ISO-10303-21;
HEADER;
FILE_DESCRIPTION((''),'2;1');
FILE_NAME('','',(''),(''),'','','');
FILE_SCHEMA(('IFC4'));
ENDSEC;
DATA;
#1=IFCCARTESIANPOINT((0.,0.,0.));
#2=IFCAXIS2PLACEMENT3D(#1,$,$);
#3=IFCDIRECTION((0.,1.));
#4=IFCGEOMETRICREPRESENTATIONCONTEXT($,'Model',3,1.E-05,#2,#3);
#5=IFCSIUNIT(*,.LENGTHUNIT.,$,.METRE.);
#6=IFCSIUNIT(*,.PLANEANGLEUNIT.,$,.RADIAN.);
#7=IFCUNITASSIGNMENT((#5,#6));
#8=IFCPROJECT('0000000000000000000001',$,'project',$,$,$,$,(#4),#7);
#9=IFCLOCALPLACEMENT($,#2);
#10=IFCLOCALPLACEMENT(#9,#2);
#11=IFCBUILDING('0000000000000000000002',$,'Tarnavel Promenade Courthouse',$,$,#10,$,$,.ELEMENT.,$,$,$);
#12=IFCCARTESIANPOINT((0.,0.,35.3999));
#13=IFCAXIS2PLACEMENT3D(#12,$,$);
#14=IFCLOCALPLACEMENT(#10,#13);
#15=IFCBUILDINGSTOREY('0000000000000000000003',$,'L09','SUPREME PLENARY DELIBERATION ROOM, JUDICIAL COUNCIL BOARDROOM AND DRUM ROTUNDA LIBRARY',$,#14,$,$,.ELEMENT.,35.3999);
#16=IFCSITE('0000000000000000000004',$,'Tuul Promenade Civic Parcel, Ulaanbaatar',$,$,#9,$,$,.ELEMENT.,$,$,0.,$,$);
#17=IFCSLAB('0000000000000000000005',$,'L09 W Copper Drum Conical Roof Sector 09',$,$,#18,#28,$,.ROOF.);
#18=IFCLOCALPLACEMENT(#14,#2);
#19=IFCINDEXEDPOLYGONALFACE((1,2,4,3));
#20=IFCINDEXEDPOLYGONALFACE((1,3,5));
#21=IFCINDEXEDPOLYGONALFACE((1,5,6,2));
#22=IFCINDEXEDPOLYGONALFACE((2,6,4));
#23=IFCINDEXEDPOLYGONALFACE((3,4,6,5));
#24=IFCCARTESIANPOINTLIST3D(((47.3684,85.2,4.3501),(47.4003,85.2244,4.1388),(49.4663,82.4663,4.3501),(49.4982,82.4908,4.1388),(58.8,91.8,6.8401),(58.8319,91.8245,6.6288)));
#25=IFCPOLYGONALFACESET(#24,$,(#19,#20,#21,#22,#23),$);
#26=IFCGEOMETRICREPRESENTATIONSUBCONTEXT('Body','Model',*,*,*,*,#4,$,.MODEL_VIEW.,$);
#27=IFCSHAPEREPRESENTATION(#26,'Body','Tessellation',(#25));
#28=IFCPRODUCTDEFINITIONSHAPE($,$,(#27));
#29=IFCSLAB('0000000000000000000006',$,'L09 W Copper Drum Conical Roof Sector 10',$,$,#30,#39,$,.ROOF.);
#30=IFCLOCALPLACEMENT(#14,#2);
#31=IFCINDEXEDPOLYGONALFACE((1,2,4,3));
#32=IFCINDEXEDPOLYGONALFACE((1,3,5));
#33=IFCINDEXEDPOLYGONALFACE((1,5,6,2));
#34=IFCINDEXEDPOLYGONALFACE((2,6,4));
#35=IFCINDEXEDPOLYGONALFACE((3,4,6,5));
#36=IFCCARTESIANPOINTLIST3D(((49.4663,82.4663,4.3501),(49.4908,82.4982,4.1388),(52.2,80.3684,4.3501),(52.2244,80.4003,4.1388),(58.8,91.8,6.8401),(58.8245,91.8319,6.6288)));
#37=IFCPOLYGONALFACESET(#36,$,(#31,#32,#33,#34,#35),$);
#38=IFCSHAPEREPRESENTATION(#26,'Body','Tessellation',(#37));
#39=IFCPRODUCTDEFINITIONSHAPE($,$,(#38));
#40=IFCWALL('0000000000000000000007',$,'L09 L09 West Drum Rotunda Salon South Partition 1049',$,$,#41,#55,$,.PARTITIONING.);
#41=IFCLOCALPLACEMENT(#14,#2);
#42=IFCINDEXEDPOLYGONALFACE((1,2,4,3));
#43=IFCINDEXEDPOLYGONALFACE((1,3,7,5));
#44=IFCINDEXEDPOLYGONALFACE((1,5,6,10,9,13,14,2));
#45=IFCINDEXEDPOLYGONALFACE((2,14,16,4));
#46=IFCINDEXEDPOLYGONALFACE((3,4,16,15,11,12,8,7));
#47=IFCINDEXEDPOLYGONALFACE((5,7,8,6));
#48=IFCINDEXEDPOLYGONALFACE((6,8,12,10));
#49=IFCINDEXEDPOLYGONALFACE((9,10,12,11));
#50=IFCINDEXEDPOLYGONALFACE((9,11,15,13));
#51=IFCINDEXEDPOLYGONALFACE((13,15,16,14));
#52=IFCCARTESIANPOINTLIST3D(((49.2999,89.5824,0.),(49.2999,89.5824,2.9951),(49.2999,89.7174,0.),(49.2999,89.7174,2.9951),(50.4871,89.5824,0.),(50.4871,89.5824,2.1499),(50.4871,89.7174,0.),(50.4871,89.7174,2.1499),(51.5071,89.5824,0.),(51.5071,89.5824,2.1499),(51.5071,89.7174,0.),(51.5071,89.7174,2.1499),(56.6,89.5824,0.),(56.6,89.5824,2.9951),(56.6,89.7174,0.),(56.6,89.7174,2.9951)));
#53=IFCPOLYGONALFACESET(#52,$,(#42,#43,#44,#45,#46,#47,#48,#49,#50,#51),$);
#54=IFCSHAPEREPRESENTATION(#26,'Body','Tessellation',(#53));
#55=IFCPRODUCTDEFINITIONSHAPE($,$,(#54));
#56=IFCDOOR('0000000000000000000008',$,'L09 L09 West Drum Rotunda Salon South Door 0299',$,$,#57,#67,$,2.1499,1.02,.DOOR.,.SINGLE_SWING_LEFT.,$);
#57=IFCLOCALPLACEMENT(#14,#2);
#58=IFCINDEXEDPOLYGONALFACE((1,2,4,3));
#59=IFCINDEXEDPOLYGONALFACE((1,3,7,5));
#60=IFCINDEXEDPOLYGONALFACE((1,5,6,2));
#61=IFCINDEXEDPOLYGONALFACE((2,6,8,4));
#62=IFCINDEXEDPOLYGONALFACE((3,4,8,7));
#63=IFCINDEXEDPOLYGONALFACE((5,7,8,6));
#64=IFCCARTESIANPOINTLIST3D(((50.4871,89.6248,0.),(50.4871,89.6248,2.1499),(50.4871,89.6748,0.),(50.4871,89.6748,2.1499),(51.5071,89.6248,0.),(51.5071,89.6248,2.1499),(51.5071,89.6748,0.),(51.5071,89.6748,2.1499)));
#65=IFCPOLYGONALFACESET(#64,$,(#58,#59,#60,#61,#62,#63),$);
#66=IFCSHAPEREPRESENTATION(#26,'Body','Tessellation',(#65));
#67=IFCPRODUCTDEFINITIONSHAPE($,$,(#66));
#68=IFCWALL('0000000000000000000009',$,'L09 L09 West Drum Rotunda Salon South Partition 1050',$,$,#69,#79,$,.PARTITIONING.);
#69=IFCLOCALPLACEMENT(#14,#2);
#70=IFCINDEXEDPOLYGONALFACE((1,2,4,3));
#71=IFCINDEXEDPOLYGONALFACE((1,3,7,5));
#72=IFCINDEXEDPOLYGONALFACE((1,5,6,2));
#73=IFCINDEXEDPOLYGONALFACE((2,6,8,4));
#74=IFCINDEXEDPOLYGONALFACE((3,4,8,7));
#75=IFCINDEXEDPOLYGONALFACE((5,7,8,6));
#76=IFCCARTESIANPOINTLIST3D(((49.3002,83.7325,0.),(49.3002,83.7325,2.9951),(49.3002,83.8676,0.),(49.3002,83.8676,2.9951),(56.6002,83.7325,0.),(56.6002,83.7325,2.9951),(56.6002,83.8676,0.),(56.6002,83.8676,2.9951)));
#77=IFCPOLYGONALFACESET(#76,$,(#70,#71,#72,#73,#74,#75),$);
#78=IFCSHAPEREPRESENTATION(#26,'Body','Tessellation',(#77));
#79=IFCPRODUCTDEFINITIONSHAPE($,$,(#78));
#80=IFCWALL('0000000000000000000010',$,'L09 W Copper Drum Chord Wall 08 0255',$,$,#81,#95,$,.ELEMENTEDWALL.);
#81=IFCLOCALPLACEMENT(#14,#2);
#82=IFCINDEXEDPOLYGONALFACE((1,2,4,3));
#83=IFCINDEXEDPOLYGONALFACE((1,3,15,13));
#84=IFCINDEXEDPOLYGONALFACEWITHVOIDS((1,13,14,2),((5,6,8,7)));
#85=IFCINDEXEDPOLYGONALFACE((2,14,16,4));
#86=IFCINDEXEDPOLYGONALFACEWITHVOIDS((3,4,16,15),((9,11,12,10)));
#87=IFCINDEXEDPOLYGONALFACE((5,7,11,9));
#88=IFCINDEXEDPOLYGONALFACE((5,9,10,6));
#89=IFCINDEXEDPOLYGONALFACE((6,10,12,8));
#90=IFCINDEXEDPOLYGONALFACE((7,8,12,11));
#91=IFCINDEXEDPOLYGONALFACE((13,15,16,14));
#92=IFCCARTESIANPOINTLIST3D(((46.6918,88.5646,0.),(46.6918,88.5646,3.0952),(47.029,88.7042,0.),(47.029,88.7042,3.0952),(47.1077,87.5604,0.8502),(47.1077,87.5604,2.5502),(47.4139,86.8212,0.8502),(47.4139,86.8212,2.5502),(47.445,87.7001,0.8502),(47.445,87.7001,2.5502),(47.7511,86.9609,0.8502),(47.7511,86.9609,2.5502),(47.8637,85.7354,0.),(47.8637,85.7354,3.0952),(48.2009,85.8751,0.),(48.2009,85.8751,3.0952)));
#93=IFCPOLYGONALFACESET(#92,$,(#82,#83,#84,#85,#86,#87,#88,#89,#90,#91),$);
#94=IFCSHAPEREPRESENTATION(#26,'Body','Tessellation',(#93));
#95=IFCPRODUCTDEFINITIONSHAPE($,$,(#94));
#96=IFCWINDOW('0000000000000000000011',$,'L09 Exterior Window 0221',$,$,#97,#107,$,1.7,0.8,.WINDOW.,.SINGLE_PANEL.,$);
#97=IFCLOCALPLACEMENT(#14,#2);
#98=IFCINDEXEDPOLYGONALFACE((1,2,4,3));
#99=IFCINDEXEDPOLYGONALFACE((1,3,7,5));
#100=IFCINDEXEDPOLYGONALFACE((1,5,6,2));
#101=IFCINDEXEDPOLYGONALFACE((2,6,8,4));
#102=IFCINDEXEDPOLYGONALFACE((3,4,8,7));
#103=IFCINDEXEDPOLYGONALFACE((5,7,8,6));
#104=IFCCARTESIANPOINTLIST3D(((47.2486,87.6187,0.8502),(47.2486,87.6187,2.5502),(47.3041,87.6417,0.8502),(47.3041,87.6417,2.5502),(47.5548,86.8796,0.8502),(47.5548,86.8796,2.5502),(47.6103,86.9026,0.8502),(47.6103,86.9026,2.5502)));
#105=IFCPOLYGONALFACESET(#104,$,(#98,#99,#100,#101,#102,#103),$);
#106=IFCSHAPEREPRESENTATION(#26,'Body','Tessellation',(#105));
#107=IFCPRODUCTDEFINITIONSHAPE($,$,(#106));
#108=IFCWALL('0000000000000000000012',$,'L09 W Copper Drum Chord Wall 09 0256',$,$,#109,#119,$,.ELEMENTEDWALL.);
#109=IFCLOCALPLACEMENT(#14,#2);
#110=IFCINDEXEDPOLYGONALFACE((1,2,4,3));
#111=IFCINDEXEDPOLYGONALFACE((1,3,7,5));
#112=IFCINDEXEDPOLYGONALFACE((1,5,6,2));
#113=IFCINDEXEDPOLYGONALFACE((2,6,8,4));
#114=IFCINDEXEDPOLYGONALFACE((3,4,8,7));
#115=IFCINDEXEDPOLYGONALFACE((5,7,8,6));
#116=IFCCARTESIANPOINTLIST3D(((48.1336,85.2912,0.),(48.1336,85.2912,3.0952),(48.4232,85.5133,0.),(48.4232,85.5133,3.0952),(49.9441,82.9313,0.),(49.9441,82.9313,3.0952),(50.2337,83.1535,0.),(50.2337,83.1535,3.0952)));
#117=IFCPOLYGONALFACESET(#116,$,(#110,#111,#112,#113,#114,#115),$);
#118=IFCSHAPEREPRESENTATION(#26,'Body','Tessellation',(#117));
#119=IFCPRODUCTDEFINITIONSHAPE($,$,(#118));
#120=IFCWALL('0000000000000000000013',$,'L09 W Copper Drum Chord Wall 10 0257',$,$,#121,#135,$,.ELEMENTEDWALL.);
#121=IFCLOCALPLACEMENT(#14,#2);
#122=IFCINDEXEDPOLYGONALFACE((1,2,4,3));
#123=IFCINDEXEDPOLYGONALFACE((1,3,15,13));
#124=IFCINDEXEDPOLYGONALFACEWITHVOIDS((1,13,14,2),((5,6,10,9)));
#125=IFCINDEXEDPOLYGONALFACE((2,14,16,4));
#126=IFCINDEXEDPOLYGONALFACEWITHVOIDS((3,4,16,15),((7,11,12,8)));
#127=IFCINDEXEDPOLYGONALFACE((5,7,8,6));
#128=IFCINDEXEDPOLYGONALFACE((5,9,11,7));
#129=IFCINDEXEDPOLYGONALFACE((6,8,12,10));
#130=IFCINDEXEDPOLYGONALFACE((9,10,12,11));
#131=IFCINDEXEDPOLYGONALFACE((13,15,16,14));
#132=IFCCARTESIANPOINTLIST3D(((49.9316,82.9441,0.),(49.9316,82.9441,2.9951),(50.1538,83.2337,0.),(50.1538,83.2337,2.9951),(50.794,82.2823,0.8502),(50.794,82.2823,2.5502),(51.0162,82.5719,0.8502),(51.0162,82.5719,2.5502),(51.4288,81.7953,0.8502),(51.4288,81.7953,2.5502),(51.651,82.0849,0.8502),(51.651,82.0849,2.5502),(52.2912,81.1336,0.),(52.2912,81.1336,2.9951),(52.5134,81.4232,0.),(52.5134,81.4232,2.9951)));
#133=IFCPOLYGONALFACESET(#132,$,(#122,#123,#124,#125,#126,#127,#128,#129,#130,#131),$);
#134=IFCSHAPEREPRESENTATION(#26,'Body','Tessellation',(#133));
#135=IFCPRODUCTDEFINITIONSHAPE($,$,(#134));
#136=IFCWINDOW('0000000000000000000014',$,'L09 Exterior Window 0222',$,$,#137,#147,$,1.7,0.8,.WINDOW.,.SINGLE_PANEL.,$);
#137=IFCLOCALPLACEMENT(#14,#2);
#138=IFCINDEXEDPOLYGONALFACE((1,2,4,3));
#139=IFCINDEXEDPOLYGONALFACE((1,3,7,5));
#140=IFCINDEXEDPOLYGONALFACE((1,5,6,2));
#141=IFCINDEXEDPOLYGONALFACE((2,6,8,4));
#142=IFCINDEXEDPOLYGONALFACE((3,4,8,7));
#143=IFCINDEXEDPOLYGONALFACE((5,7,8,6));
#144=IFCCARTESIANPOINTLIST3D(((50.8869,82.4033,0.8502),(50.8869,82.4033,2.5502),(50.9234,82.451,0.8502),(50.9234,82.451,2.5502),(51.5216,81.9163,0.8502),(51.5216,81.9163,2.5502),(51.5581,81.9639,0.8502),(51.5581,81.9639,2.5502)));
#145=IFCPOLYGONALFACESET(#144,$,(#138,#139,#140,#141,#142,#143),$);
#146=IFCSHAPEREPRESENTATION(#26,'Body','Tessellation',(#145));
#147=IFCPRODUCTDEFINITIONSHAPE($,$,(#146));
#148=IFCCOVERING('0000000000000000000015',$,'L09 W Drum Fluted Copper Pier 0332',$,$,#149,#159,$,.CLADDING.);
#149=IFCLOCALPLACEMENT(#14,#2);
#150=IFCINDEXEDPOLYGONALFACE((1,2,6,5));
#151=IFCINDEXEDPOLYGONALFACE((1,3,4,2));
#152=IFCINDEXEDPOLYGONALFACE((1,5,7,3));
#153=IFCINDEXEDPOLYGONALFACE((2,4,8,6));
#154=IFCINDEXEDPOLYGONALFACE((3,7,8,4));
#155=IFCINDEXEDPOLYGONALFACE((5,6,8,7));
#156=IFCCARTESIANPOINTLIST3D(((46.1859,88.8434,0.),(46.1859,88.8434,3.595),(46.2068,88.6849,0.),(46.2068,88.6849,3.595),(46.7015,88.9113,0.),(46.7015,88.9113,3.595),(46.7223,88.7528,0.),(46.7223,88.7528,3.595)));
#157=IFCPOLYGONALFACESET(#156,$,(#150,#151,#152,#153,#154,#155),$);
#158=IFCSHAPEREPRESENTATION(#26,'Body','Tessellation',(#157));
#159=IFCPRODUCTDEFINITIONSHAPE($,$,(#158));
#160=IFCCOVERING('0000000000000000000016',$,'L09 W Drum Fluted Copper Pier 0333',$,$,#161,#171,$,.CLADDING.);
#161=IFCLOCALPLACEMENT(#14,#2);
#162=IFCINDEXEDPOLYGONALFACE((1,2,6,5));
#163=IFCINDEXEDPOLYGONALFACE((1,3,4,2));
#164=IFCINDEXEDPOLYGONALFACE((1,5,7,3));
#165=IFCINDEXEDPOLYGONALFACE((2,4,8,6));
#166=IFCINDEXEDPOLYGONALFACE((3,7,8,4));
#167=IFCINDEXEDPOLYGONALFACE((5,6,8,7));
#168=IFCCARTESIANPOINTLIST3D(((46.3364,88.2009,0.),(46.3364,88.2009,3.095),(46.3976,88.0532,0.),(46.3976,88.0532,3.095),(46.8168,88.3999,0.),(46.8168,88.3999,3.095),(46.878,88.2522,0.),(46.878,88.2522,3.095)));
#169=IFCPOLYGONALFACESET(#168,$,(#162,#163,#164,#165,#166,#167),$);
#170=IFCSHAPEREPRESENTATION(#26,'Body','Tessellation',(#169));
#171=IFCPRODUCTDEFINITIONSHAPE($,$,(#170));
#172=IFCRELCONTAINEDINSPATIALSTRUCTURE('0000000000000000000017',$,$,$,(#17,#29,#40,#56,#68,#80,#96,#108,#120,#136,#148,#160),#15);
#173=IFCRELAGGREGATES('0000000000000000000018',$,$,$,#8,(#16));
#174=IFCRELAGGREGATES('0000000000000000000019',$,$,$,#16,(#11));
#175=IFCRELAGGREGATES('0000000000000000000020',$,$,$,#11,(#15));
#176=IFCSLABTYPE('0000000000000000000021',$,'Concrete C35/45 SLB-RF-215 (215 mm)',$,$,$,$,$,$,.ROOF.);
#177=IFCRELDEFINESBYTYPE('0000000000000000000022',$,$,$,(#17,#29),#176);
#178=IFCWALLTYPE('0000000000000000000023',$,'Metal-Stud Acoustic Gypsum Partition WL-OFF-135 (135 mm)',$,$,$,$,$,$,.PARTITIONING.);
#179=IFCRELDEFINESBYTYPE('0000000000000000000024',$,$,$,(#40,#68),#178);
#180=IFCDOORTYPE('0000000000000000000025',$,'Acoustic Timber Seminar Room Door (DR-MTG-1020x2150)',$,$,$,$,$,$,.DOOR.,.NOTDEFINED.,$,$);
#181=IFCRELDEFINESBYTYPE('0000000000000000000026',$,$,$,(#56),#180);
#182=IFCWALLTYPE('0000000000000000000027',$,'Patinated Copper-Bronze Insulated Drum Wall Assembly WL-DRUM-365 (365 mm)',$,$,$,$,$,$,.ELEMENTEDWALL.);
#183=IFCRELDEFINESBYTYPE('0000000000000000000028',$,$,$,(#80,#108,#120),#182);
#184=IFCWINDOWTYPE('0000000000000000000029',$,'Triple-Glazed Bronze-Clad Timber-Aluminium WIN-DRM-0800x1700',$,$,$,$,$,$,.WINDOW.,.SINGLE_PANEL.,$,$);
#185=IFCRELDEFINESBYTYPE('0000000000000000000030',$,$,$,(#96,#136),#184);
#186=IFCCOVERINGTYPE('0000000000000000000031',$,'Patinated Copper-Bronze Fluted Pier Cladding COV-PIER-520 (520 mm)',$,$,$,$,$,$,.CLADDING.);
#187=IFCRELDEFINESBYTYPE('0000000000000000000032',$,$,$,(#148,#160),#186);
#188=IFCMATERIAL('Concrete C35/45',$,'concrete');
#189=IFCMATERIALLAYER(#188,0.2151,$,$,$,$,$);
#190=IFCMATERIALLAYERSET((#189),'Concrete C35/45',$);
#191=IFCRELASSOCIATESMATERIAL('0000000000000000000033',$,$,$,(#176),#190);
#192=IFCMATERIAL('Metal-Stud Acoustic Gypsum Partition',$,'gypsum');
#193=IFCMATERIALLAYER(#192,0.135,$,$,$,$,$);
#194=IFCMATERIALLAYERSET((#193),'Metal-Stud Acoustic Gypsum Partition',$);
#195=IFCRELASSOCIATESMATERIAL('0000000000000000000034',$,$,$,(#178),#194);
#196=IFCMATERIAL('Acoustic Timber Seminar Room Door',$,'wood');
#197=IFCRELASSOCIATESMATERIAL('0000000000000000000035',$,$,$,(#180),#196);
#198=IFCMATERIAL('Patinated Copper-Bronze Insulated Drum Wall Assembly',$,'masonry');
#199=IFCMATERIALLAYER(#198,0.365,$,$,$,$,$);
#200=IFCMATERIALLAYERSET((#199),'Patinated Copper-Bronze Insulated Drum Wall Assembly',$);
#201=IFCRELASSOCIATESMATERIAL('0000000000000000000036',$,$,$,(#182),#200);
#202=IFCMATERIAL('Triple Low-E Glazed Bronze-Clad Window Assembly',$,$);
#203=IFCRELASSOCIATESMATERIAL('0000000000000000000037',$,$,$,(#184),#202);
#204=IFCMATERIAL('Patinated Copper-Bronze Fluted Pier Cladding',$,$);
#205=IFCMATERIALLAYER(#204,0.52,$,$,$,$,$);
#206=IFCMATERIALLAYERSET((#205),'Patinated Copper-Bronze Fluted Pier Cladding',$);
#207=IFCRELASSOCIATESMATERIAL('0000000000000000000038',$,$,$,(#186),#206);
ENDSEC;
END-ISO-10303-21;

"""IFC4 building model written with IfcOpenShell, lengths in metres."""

from ifc_helpers import new_model, si_unit, direction, frame, frame_2d, origin, origin_2d, place, context, subcontext, project, spatial, polyline, rectangle, outline, extrude, material, layer, layer_set, type_object, element, fill, save


model = new_model("IFC4")

# Units and contexts
model_context = context("Model", 3, precision=1e-05, world=origin(), true_north=direction((0.0, 1.0)))
body_context = subcontext(model_context, "Body", "Model", "MODEL_VIEW")
ifc_project = project(units=[si_unit("LENGTHUNIT", "METRE"), si_unit("PLANEANGLEUNIT", "RADIAN")], contexts=[model_context])

# Site, building, storey
site_placement = place(None, origin())
site = spatial("IfcSite", under=ifc_project, at=site_placement, Name="Tuul Promenade Civic Parcel, Ulaanbaatar", CompositionType="ELEMENT", RefElevation=0.0)
building_placement = place(site_placement, origin())
building = spatial("IfcBuilding", under=site, at=building_placement, Name="Tarnavel Promenade Courthouse", CompositionType="ELEMENT")
storey_placement = place(building_placement, frame((0.0, 0.0, 35.3999)))
storey = spatial("IfcBuildingStorey", under=building, at=storey_placement, Name="L09", Description="SUPREME PLENARY DELIBERATION ROOM, JUDICIAL COUNCIL BOARDROOM AND DRUM ROTUNDA LIBRARY", CompositionType="ELEMENT", Elevation=35.3999)

# Slabs
ifc_material_1 = material(Name="Concrete C35/45", Category="concrete")
ifc_layer_1 = layer(ifc_material_1, 0.2151)
ifc_layer_set_1 = layer_set([ifc_layer_1], Name="Concrete C35/45")
slab_type = type_object("IfcSlabType", Name="Concrete C35/45 SLB-RF-215 (215 mm)", PredefinedType="ROOF", material=ifc_layer_set_1)
slab_1_placement = place(storey_placement, frame((47.3684, 85.2, 4.3501), z_axis=(-0.148278, -0.113794, 0.982377), x_axis=(0.608817, -0.793311, 0.0)))
element("IfcSlab", 1, at=slab_1_placement, inside=storey, type_object=slab_type, Name="L09 W Copper Drum Conical Roof Sector 09", PredefinedType="ROOF", context=body_context, shape_type="SweptSolid", body=[
    extrude(outline(polyline([(0.0, 0.0), (3.4459, 0.0), (1.7238, 13.3219), (0.0, 0.0)])), origin(), (0.0, 0.0, -1.0), 0.2151),
])
slab_2_placement = place(storey_placement, frame((49.4663, 82.4663, 4.3501), z_axis=(-0.113794, -0.148278, 0.982377), x_axis=(0.793311, -0.608817, 0.0)))
element("IfcSlab", 2, at=slab_2_placement, inside=storey, type_object=slab_type, Name="L09 W Copper Drum Conical Roof Sector 10", PredefinedType="ROOF", context=body_context, shape_type="SweptSolid", body=[
    extrude(outline(polyline([(0.0, 0.0), (3.4459, 0.0), (1.722, 13.3219), (0.0, 0.0)])), origin(), (0.0, 0.0, -1.0), 0.2151),
])

# Wall, opening, door
ifc_material_2 = material(Name="Metal-Stud Acoustic Gypsum Partition", Category="gypsum")
ifc_layer_2 = layer(ifc_material_2, 0.135)
ifc_layer_set_2 = layer_set([ifc_layer_2], Name="Metal-Stud Acoustic Gypsum Partition")
wall_type_1 = type_object("IfcWallType", Name="Metal-Stud Acoustic Gypsum Partition WL-OFF-135 (135 mm)", PredefinedType="PARTITIONING", material=ifc_layer_set_2)
wall_1_placement = place(storey_placement, frame((49.3, 89.6499, 0.0), z_axis=(0.0, 0.0, 1.0), x_axis=(1.0, 0.0, 0.0)))
wall_1 = element("IfcWall", 3, at=wall_1_placement, inside=storey, type_object=wall_type_1, Name="L09 L09 West Drum Rotunda Salon South Partition 1049", PredefinedType="PARTITIONING", context=body_context, shape_type="SweptSolid", body=[
    extrude(rectangle(XDim=7.3, YDim=0.135, at=frame_2d((3.6499, 0.0))), origin(), (0.0, 0.0, 1.0), 2.9951),
])
opening_1_placement = place(wall_1_placement, frame((1.187, 0.0, 0.0)))
opening_1 = element("IfcOpeningElement", 4, at=opening_1_placement, cuts=wall_1, PredefinedType="OPENING", context=body_context, shape_type="SweptSolid", body=[
    extrude(rectangle(XDim=1.02, YDim=2.1499, at=frame_2d((0.51, 1.075))), frame((0.0, 0.0774, 0.0), z_axis=(0.0, -1.0, 0.0), x_axis=(1.0, 0.0, 0.0)), (0.0, 0.0, 1.0), 0.155),
])
ifc_material_3 = material(Name="Acoustic Timber Seminar Room Door", Category="wood")
door_type = type_object("IfcDoorType", Name="Acoustic Timber Seminar Room Door (DR-MTG-1020x2150)", OperationType="NOTDEFINED", PredefinedType="DOOR", material=ifc_material_3)
door_placement = place(opening_1_placement, origin())
door = element("IfcDoor", 5, at=door_placement, inside=storey, type_object=door_type, Name="L09 L09 West Drum Rotunda Salon South Door 0299", OperationType="SINGLE_SWING_LEFT", OverallHeight=2.1499, OverallWidth=1.02, PredefinedType="DOOR", context=body_context, shape_type="SweptSolid", body=[
    extrude(rectangle(XDim=1.02, YDim=2.1499, at=frame_2d((0.51, 1.075))), frame((0.0, 0.0249, 0.0), z_axis=(0.0, -1.0, 0.0), x_axis=(1.0, 0.0, 0.0)), (0.0, 0.0, 1.0), 0.05),
])
fill(opening_1, door)

# Wall
wall_2_placement = place(storey_placement, frame((56.6001, 83.8, 0.0), z_axis=(0.0, 0.0, 1.0), x_axis=(-1.0, 0.0, 0.0)))
element("IfcWall", 6, at=wall_2_placement, inside=storey, type_object=wall_type_1, Name="L09 L09 West Drum Rotunda Salon South Partition 1050", PredefinedType="PARTITIONING", context=body_context, shape_type="SweptSolid", body=[
    extrude(rectangle(XDim=7.3, YDim=0.135, at=frame_2d((3.6499, 0.0))), origin(), (0.0, 0.0, 1.0), 2.9951),
])

# Wall, opening, window
ifc_material_4 = material(Name="Patinated Copper-Bronze Insulated Drum Wall Assembly", Category="masonry")
ifc_layer_3 = layer(ifc_material_4, 0.365)
ifc_layer_set_3 = layer_set([ifc_layer_3], Name="Patinated Copper-Bronze Insulated Drum Wall Assembly")
wall_type_2 = type_object("IfcWallType", Name="Patinated Copper-Bronze Insulated Drum Wall Assembly WL-DRUM-365 (365 mm)", PredefinedType="ELEMENTEDWALL", material=ifc_layer_set_3)
wall_3_placement = place(storey_placement, frame((46.8604, 88.6345, 0.0), z_axis=(0.0, 0.0, 1.0), x_axis=(0.38269, -0.923877, 0.0)))
wall_3 = element("IfcWall", 7, at=wall_3_placement, inside=storey, type_object=wall_type_2, Name="L09 W Copper Drum Chord Wall 08 0255", PredefinedType="ELEMENTEDWALL", context=body_context, shape_type="SweptSolid", body=[
    extrude(rectangle(XDim=3.0623, YDim=0.365, at=frame_2d((1.5312, 0.0))), origin(), (0.0, 0.0, 1.0), 3.0952),
])
opening_2_placement = place(wall_3_placement, frame((1.0872, 0.0, 0.8501)))
opening_2 = element("IfcOpeningElement", 8, at=opening_2_placement, cuts=wall_3, PredefinedType="OPENING", context=body_context, shape_type="SweptSolid", body=[
    extrude(rectangle(XDim=0.8, YDim=1.7, at=frame_2d((0.3999, 0.8501))), frame((0.0, 0.1924, 0.0), z_axis=(0.0, -1.0, 0.0), x_axis=(1.0, 0.0, 0.0)), (0.0, 0.0, 1.0), 0.385),
])
ifc_material_5 = material(Name="Triple Low-E Glazed Bronze-Clad Window Assembly")
window_type = type_object("IfcWindowType", Name="Triple-Glazed Bronze-Clad Timber-Aluminium WIN-DRM-0800x1700", PartitioningType="SINGLE_PANEL", PredefinedType="WINDOW", material=ifc_material_5)
window_1_placement = place(opening_2_placement, origin())
window_1 = element("IfcWindow", 9, at=window_1_placement, inside=storey, type_object=window_type, Name="L09 Exterior Window 0221", OverallHeight=1.7, OverallWidth=0.8, PartitioningType="SINGLE_PANEL", PredefinedType="WINDOW", context=body_context, shape_type="SweptSolid", body=[
    extrude(rectangle(XDim=0.8, YDim=1.7, at=frame_2d((0.3999, 0.8501))), frame((0.0, 0.03, 0.0), z_axis=(0.0, -1.0, 0.0), x_axis=(1.0, 0.0, 0.0)), (0.0, 0.0, 1.0), 0.0601),
])
fill(opening_2, window_1)

# Wall
wall_4_placement = place(storey_placement, frame((48.2783, 85.4023, 0.0), z_axis=(0.0, 0.0, 1.0), x_axis=(0.608711, -0.793392, 0.0)))
element("IfcWall", 10, at=wall_4_placement, inside=storey, type_object=wall_type_2, Name="L09 W Copper Drum Chord Wall 09 0256", PredefinedType="ELEMENTEDWALL", context=body_context, shape_type="SweptSolid", body=[
    extrude(rectangle(XDim=2.9744, YDim=0.365, at=frame_2d((1.4873, 0.0))), origin(), (0.0, 0.0, 1.0), 3.0952),
])

# Wall, opening, window
wall_5_placement = place(storey_placement, frame((50.0427, 83.0889, 0.0), z_axis=(0.0, 0.0, 1.0), x_axis=(0.793362, -0.60875, 0.0)))
wall_5 = element("IfcWall", 11, at=wall_5_placement, inside=storey, type_object=wall_type_2, Name="L09 W Copper Drum Chord Wall 10 0257", PredefinedType="ELEMENTEDWALL", context=body_context, shape_type="SweptSolid", body=[
    extrude(rectangle(XDim=2.9741, YDim=0.365, at=frame_2d((1.4871, 0.0))), origin(), (0.0, 0.0, 1.0), 2.9951),
])
opening_3_placement = place(wall_5_placement, frame((1.0872, 0.0, 0.8501)))
opening_3 = element("IfcOpeningElement", 12, at=opening_3_placement, cuts=wall_5, PredefinedType="OPENING", context=body_context, shape_type="SweptSolid", body=[
    extrude(rectangle(XDim=0.8, YDim=1.7, at=frame_2d((0.3999, 0.8501))), frame((0.0, 0.1924, 0.0), z_axis=(0.0, -1.0, 0.0), x_axis=(1.0, 0.0, 0.0)), (0.0, 0.0, 1.0), 0.385),
])
window_2_placement = place(opening_3_placement, origin())
window_2 = element("IfcWindow", 13, at=window_2_placement, inside=storey, type_object=window_type, Name="L09 Exterior Window 0222", OverallHeight=1.7, OverallWidth=0.8, PartitioningType="SINGLE_PANEL", PredefinedType="WINDOW", context=body_context, shape_type="SweptSolid", body=[
    extrude(rectangle(XDim=0.8, YDim=1.7, at=frame_2d((0.3999, 0.8501))), frame((0.0, 0.03, 0.0), z_axis=(0.0, -1.0, 0.0), x_axis=(1.0, 0.0, 0.0)), (0.0, 0.0, 1.0), 0.0601),
])
fill(opening_3, window_2)

# Coverings
ifc_material_6 = material(Name="Patinated Copper-Bronze Fluted Pier Cladding")
ifc_layer_4 = layer(ifc_material_6, 0.52)
ifc_layer_set_4 = layer_set([ifc_layer_4], Name="Patinated Copper-Bronze Fluted Pier Cladding")
covering_type = type_object("IfcCoveringType", Name="Patinated Copper-Bronze Fluted Pier Cladding COV-PIER-520 (520 mm)", PredefinedType="CLADDING", material=ifc_layer_set_4)
covering_1_placement = place(storey_placement, frame((46.4541, 88.7981, 0.0), z_axis=(0.0, 0.0, 1.0), x_axis=(0.130526, -0.991445, 0.0)))
element("IfcCovering", 14, at=covering_1_placement, inside=storey, type_object=covering_type, Name="L09 W Drum Fluted Copper Pier 0332", PredefinedType="CLADDING", context=body_context, shape_type="SweptSolid", body=[
    extrude(rectangle(XDim=0.1599, YDim=0.52, at=origin_2d()), origin(), (0.0, 0.0, 1.0), 3.595),
])
for number, where, z_axis, x_axis, name in (
    (15, (46.6072, 88.2266, 0.0), (0.0, 0.0, 1.0), (0.382683, -0.92388, 0.0), "L09 W Drum Fluted Copper Pier 0333"),
):
    element("IfcCovering", number, at=place(storey_placement, frame(where, z_axis=z_axis, x_axis=x_axis)), inside=storey, type_object=covering_type, Name=name, PredefinedType="CLADDING", context=body_context, shape_type="SweptSolid", body=[
        extrude(rectangle(XDim=0.1599, YDim=0.52, at=origin_2d()), origin(), (0.0, 0.0, 1.0), 3.095),
    ])

save(model, "model.ifc")
